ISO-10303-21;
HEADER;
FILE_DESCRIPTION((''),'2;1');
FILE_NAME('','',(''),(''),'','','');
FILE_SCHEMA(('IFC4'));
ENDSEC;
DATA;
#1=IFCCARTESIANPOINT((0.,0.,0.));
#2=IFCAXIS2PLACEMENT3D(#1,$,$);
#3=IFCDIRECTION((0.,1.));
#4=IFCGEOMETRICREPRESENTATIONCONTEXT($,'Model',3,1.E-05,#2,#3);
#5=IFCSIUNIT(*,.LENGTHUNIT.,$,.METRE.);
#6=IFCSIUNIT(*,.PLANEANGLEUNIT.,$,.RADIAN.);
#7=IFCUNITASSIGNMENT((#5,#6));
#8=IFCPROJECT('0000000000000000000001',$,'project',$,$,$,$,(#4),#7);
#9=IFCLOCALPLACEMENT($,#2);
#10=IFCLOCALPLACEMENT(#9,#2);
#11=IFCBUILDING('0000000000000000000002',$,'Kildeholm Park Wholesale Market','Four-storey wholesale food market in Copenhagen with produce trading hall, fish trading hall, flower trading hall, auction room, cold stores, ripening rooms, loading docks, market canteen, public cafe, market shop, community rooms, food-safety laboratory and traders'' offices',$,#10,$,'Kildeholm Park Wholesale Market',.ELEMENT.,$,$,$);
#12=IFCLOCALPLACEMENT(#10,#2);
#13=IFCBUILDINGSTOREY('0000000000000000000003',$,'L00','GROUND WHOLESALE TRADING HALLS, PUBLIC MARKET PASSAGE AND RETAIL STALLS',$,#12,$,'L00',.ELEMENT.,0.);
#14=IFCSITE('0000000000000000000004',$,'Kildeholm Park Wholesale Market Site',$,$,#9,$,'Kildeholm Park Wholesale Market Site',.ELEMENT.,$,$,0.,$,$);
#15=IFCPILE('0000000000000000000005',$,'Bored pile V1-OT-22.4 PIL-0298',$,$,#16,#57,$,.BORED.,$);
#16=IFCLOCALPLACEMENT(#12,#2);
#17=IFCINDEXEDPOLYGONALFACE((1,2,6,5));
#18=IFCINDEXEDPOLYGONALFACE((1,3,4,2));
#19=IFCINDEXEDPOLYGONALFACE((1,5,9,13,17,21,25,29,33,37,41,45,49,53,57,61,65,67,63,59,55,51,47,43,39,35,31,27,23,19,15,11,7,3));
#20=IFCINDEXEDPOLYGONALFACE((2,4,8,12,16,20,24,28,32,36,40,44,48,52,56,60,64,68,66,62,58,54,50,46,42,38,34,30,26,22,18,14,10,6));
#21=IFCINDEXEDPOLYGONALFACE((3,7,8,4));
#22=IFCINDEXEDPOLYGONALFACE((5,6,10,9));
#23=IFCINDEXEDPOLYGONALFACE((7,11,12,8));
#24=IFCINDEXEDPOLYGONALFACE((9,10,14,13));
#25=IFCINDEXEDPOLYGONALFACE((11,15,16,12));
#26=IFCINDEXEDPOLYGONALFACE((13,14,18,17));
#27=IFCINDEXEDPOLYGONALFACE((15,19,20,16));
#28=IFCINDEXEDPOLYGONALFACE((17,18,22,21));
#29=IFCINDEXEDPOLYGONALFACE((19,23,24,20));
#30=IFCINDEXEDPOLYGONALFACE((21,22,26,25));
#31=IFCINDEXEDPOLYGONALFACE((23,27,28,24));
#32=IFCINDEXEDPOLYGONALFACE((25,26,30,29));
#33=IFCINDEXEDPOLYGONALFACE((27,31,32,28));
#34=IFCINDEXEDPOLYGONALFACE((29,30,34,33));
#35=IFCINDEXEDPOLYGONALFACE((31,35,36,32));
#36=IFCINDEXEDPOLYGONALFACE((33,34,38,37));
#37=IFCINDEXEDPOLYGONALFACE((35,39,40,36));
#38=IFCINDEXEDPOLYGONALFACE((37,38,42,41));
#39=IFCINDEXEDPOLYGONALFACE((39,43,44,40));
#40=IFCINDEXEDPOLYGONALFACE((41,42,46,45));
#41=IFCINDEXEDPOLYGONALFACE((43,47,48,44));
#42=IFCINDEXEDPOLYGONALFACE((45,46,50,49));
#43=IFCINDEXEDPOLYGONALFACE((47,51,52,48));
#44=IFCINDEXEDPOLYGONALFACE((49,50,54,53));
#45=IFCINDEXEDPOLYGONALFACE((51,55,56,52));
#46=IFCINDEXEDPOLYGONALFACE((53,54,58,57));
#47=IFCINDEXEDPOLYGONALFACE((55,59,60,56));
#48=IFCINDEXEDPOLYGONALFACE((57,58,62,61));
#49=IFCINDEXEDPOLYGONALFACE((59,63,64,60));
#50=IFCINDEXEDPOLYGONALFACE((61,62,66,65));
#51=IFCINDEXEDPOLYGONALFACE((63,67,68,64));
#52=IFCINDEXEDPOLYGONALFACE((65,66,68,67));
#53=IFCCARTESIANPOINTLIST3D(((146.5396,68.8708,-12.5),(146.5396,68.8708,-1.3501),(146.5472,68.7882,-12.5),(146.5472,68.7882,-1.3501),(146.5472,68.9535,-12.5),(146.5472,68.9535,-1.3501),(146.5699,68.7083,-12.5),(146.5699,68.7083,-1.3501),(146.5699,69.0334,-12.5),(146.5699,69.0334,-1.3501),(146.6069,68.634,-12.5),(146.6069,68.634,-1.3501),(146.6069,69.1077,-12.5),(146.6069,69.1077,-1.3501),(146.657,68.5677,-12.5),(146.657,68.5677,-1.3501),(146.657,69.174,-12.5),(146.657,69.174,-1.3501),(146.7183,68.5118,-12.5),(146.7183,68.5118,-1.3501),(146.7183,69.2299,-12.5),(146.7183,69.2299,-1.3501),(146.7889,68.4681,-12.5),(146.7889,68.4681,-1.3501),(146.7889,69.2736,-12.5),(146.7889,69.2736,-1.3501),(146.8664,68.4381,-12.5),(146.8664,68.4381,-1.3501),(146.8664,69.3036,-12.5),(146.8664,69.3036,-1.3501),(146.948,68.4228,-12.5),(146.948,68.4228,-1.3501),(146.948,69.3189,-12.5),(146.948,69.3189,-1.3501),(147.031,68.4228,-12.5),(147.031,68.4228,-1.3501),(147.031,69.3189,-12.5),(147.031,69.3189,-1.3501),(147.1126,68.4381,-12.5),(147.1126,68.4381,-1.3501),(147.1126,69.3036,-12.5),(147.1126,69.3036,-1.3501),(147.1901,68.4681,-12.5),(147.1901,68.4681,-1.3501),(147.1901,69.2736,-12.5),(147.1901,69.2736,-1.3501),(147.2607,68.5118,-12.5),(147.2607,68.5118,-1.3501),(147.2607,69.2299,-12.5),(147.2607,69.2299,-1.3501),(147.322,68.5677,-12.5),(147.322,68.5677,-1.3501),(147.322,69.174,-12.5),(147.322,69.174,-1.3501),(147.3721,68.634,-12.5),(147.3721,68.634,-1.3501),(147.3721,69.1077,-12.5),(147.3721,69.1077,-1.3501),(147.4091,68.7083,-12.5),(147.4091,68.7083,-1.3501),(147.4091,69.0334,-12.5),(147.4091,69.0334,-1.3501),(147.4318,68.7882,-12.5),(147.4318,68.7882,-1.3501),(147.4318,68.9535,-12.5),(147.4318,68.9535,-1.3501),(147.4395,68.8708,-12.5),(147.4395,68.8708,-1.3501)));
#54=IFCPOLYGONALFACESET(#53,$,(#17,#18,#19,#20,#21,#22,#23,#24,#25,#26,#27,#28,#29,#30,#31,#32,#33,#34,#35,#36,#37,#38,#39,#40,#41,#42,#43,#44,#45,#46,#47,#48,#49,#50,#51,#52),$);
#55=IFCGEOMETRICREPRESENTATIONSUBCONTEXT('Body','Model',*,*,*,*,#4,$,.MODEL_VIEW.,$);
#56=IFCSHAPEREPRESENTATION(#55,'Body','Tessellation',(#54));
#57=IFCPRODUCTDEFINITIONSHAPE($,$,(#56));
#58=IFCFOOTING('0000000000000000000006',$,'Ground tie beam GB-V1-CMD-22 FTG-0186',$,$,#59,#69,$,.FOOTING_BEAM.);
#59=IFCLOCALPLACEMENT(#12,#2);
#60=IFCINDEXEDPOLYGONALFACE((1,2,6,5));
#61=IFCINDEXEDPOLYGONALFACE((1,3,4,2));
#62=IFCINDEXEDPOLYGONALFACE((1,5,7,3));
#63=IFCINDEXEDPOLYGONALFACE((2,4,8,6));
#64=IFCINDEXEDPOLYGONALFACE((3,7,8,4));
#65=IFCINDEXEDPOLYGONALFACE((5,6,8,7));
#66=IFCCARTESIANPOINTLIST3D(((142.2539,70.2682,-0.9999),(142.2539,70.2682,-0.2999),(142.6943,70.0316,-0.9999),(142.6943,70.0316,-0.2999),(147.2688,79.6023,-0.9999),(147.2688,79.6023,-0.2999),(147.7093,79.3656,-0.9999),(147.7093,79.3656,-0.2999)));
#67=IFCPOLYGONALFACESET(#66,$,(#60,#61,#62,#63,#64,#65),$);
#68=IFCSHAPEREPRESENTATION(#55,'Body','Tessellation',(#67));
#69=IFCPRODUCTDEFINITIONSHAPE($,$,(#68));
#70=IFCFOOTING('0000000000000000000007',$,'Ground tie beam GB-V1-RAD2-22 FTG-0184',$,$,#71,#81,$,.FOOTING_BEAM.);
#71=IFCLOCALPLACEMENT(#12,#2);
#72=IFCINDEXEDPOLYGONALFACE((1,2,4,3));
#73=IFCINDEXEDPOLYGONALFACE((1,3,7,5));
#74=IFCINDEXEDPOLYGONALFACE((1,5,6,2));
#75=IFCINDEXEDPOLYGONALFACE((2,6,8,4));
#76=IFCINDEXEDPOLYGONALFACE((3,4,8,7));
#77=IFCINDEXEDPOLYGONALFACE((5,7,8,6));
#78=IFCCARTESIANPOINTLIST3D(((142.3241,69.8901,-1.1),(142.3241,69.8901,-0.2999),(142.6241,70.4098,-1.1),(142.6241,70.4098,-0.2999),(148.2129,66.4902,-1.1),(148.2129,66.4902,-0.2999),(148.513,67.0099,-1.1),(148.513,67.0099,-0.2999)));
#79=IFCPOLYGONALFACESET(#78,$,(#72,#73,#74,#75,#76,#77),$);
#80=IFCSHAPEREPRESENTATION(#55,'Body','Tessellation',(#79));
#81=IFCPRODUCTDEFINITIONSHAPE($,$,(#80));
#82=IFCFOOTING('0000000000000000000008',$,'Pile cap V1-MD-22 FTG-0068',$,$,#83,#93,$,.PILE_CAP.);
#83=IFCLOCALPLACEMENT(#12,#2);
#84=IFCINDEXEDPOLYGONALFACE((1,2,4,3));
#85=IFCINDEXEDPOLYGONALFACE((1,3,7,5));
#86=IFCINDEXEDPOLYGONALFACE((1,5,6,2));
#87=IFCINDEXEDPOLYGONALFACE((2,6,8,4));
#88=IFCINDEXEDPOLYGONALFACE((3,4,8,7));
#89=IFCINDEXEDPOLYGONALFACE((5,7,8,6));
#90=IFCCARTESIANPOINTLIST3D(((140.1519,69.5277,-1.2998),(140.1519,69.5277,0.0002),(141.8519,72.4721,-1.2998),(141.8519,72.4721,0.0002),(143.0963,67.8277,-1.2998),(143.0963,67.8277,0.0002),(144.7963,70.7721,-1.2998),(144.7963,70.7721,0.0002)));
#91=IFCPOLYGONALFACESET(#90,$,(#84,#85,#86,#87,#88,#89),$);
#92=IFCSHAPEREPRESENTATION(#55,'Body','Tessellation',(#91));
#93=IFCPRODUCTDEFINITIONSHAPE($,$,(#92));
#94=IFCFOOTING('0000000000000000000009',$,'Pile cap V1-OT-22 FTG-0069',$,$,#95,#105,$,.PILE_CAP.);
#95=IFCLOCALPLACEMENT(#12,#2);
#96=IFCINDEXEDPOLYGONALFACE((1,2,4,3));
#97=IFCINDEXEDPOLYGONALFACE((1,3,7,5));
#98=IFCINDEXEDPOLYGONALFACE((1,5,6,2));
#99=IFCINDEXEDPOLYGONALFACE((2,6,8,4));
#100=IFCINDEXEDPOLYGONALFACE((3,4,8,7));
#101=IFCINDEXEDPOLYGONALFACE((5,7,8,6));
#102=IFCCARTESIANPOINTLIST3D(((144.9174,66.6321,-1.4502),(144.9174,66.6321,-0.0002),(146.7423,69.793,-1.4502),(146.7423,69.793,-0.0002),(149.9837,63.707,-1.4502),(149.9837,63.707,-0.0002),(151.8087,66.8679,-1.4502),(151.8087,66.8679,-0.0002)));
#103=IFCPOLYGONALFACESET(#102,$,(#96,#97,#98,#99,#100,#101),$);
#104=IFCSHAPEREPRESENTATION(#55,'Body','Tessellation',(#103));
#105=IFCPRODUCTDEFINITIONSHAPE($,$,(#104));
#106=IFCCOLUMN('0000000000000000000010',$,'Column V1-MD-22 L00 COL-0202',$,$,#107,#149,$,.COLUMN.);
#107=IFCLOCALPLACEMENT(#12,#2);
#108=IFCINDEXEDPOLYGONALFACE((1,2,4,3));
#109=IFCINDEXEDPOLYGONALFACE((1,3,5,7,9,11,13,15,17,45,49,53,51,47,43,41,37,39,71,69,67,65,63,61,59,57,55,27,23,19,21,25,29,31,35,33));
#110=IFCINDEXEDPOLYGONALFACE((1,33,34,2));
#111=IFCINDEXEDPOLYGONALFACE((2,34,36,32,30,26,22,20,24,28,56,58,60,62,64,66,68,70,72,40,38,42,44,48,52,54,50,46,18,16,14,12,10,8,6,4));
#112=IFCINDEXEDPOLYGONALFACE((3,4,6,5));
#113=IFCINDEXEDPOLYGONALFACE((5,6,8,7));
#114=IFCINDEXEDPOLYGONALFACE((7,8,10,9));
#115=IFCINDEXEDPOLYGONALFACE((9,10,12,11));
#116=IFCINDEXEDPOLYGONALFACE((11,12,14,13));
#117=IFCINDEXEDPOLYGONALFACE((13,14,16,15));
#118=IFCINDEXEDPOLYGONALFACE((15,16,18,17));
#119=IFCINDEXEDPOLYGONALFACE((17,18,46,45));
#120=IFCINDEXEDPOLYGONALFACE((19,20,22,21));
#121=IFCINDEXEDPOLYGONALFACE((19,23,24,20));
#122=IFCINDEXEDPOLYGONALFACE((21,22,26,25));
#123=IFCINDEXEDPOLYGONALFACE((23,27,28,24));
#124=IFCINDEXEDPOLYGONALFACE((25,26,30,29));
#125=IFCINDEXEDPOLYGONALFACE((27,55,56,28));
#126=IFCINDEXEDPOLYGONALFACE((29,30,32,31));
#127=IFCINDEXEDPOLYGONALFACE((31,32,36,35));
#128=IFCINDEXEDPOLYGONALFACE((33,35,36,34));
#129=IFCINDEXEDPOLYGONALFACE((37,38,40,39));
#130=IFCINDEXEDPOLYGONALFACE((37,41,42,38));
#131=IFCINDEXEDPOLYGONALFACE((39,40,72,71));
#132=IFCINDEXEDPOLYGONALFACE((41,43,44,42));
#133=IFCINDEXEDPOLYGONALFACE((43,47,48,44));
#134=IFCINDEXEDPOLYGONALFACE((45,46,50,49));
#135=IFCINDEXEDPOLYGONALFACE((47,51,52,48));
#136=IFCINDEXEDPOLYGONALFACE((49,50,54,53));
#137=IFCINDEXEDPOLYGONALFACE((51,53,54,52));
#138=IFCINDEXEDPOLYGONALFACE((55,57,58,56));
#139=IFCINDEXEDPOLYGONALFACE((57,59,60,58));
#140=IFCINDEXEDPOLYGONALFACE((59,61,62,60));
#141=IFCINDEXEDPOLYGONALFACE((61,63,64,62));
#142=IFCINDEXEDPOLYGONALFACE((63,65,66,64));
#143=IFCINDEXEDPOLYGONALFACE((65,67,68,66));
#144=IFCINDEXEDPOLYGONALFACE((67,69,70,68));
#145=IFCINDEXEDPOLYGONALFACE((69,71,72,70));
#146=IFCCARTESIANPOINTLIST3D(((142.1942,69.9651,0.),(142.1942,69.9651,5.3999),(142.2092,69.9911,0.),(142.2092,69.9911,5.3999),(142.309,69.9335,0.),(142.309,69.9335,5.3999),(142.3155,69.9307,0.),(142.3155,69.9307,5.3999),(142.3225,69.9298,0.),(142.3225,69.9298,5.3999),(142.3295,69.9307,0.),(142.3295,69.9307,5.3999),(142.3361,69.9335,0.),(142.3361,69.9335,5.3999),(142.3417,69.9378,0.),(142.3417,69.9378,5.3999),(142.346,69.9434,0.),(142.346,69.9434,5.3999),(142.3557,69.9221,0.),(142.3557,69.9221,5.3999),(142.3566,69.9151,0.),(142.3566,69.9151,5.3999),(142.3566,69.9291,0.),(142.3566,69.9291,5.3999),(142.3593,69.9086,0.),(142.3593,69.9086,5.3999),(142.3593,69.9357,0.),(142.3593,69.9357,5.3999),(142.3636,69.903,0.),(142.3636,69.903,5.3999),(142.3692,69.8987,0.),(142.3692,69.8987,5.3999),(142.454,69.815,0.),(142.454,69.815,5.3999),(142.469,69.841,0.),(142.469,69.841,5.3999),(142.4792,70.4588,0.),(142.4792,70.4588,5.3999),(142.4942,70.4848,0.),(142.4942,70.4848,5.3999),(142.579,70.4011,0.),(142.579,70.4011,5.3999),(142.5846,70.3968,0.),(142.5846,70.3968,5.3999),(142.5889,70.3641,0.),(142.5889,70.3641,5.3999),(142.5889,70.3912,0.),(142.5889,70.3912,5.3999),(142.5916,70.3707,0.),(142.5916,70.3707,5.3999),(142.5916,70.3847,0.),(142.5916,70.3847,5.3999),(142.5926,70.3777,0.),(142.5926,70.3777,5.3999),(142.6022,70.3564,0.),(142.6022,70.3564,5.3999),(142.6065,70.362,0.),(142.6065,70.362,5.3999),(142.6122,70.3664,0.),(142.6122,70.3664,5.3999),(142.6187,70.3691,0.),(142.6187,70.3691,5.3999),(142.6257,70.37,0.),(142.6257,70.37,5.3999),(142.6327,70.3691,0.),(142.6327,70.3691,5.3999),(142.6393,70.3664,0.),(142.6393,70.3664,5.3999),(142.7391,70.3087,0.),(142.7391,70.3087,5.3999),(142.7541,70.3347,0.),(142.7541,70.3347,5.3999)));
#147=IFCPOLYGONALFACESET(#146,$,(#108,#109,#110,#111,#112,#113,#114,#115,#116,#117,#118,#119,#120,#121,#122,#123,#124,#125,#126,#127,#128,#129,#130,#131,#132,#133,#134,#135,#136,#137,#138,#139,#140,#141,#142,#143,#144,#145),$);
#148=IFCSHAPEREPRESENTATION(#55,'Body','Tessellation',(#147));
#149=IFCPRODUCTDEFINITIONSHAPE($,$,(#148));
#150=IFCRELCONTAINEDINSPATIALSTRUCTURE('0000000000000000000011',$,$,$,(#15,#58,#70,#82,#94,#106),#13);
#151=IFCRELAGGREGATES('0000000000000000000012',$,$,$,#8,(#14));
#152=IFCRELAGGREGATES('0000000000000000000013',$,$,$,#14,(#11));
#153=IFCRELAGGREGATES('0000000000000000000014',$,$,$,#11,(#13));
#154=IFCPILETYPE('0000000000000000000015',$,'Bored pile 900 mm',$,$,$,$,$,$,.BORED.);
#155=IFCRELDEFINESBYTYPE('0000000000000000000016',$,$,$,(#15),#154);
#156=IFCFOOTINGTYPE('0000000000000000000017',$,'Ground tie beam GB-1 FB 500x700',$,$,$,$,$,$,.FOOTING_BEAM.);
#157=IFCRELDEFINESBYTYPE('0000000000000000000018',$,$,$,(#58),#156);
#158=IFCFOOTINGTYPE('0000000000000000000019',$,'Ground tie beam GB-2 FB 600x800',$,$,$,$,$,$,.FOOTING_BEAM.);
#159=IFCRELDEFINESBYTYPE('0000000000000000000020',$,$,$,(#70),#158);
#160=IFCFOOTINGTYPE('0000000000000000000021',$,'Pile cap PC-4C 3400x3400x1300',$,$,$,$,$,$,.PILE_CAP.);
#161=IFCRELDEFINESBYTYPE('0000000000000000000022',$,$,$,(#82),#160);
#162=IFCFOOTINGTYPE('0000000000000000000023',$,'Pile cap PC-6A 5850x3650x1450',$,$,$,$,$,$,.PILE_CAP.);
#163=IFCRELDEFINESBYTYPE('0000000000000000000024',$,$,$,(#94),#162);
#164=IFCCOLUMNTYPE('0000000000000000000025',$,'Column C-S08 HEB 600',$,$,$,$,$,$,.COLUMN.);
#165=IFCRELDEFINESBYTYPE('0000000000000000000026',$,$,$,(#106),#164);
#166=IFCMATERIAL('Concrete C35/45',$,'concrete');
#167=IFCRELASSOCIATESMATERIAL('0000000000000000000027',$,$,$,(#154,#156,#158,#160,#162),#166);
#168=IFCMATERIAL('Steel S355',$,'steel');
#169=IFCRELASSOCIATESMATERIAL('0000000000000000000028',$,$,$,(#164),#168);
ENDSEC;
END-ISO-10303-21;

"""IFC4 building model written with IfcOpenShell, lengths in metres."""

from ifc_helpers import new_model, si_unit, direction, frame, origin, origin_2d, place, context, subcontext, project, spatial, rectangle, circle, i_section, extrude, material, material_profile, profile_set, type_object, element, save


model = new_model("IFC4")

# Units and contexts
model_context = context("Model", 3, precision=1e-05, world=origin(), true_north=direction((0.0, 1.0)))
body_context = subcontext(model_context, "Body", "Model", "MODEL_VIEW")
ifc_project = project(units=[si_unit("LENGTHUNIT", "METRE"), si_unit("PLANEANGLEUNIT", "RADIAN")], contexts=[model_context])

# Site, building, storey
site_placement = place(None, origin())
site = spatial("IfcSite", under=ifc_project, at=site_placement, Name="Kildeholm Park Wholesale Market Site", LongName="Kildeholm Park Wholesale Market Site", CompositionType="ELEMENT", RefElevation=0.0)
building_placement = place(site_placement, origin())
building = spatial("IfcBuilding", under=site, at=building_placement, Name="Kildeholm Park Wholesale Market", Description="Four-storey wholesale food market in Copenhagen with produce trading hall, fish trading hall, flower trading hall, auction room, cold stores, ripening rooms, loading docks, market canteen, public cafe, market shop, community rooms, food-safety laboratory and traders' offices", LongName="Kildeholm Park Wholesale Market", CompositionType="ELEMENT")
storey_placement = place(building_placement, origin())
storey = spatial("IfcBuildingStorey", under=building, at=storey_placement, Name="L00", Description="GROUND WHOLESALE TRADING HALLS, PUBLIC MARKET PASSAGE AND RETAIL STALLS", LongName="L00", CompositionType="ELEMENT", Elevation=0.0)

# Pile
ifc_material_1 = material(Name="Concrete C35/45", Category="concrete")
ifc_material_profile_1 = material_profile(ifc_material_1, circle(Radius=0.45, at=origin_2d()), Name="PILE D900")
ifc_profile_set_1 = profile_set([ifc_material_profile_1], Name="Concrete C35/45")
pile_type_1 = type_object("IfcPileType", Name="Bored pile 900 mm", PredefinedType="BORED", material=ifc_profile_set_1)
for number, where, z_axis, x_axis, name in (
    (1, (146.9895, 68.8708, -1.3501), (0.0, 0.0, -1.0), (1.0, 0.0, 0.0), "Bored pile V1-OT-22.4 PIL-0298"),
):
    element("IfcPile", number, at=place(storey_placement, frame(where, z_axis=z_axis, x_axis=x_axis)), inside=storey, type_object=pile_type_1, Name=name, PredefinedType="BORED", context=body_context, shape_type="SweptSolid", body=[
        extrude(circle(Radius=0.45, at=origin_2d()), origin(), (0.0, 0.0, 1.0), 11.1499),
    ])

# Footings
ifc_material_profile_2 = material_profile(ifc_material_1, rectangle(XDim=0.5, YDim=0.7, at=origin_2d()), Name="FB 500x700")
ifc_profile_set_2 = profile_set([ifc_material_profile_2], Name="Concrete C35/45")
footing_type_1 = type_object("IfcFootingType", Name="Ground tie beam GB-1 FB 500x700", PredefinedType="FOOTING_BEAM", material=ifc_profile_set_2)
footing_1_placement = place(storey_placement, frame((142.4741, 70.1499, -0.6499), z_axis=(0.473288, 0.880908, 0.0), x_axis=(-0.880908, 0.473288, 0.0)))
element("IfcFooting", 2, at=footing_1_placement, inside=storey, type_object=footing_type_1, Name="Ground tie beam GB-V1-CMD-22 FTG-0186", PredefinedType="FOOTING_BEAM", context=body_context, shape_type="SweptSolid", body=[
    extrude(rectangle(XDim=0.5, YDim=0.7, at=origin_2d()), origin(), (0.0, 0.0, 1.0), 10.5959),
])
ifc_material_profile_3 = material_profile(ifc_material_1, rectangle(XDim=0.6001, YDim=0.8, at=origin_2d()), Name="FB 600x800")
ifc_profile_set_3 = profile_set([ifc_material_profile_3], Name="Concrete C35/45")
footing_type_2 = type_object("IfcFootingType", Name="Ground tie beam GB-2 FB 600x800", PredefinedType="FOOTING_BEAM", material=ifc_profile_set_3)
footing_2_placement = place(storey_placement, frame((142.4741, 70.1499, -0.7), z_axis=(0.86603, -0.499993, 0.0), x_axis=(0.499993, 0.86603, 0.0)))
element("IfcFooting", 3, at=footing_2_placement, inside=storey, type_object=footing_type_2, Name="Ground tie beam GB-V1-RAD2-22 FTG-0184", PredefinedType="FOOTING_BEAM", context=body_context, shape_type="SweptSolid", body=[
    extrude(rectangle(XDim=0.6001, YDim=0.8, at=origin_2d()), origin(), (0.0, 0.0, 1.0), 6.7998),
])
footing_type_3 = type_object("IfcFootingType", Name="Pile cap PC-4C 3400x3400x1300", PredefinedType="PILE_CAP", material=ifc_material_1)
footing_3_placement = place(storey_placement, frame((142.4741, 70.1499, -1.2998), z_axis=(0.0, 0.0, 1.0), x_axis=(0.866025, -0.5, 0.0)))
element("IfcFooting", 4, at=footing_3_placement, inside=storey, type_object=footing_type_3, Name="Pile cap V1-MD-22 FTG-0068", PredefinedType="PILE_CAP", context=body_context, shape_type="SweptSolid", body=[
    extrude(rectangle(XDim=3.3999, YDim=3.3999, at=origin_2d()), origin(), (0.0, 0.0, 1.0), 1.3),
])
footing_type_4 = type_object("IfcFootingType", Name="Pile cap PC-6A 5850x3650x1450", PredefinedType="PILE_CAP", material=ifc_material_1)
footing_4_placement = place(storey_placement, frame((148.363, 66.75, -1.4502), z_axis=(0.0, 0.0, 1.0), x_axis=(0.866025, -0.5, 0.0)))
element("IfcFooting", 5, at=footing_4_placement, inside=storey, type_object=footing_type_4, Name="Pile cap V1-OT-22 FTG-0069", PredefinedType="PILE_CAP", context=body_context, shape_type="SweptSolid", body=[
    extrude(rectangle(XDim=5.8501, YDim=3.6499, at=origin_2d()), origin(), (0.0, 0.0, 1.0), 1.45),
])

# Column
ifc_material_2 = material(Name="Steel S355", Category="steel")
ifc_material_profile_4 = material_profile(ifc_material_2, i_section(OverallWidth=0.3, OverallDepth=0.6001, WebThickness=0.0154, FlangeThickness=0.03, FilletRadius=0.0271, at=origin_2d()), Name="HEB 600")
ifc_profile_set_4 = profile_set([ifc_material_profile_4], Name="Steel S355")
column_type = type_object("IfcColumnType", Name="Column C-S08 HEB 600", PredefinedType="COLUMN", material=ifc_profile_set_4)
for number, where, z_axis, x_axis, name in (
    (6, (142.4741, 70.1499, 0.0), (0.0, 0.0, 1.0), (0.866025, -0.5, 0.0), "Column V1-MD-22 L00 COL-0202"),
):
    element("IfcColumn", number, at=place(storey_placement, frame(where, z_axis=z_axis, x_axis=x_axis)), inside=storey, type_object=column_type, Name=name, PredefinedType="COLUMN", context=body_context, shape_type="SweptSolid", body=[
        extrude(i_section(OverallWidth=0.3, OverallDepth=0.6001, WebThickness=0.0154, FlangeThickness=0.03, FilletRadius=0.0271, at=origin_2d()), origin(), (0.0, 0.0, 1.0), 5.3999),
    ])

save(model, "model.ifc")
